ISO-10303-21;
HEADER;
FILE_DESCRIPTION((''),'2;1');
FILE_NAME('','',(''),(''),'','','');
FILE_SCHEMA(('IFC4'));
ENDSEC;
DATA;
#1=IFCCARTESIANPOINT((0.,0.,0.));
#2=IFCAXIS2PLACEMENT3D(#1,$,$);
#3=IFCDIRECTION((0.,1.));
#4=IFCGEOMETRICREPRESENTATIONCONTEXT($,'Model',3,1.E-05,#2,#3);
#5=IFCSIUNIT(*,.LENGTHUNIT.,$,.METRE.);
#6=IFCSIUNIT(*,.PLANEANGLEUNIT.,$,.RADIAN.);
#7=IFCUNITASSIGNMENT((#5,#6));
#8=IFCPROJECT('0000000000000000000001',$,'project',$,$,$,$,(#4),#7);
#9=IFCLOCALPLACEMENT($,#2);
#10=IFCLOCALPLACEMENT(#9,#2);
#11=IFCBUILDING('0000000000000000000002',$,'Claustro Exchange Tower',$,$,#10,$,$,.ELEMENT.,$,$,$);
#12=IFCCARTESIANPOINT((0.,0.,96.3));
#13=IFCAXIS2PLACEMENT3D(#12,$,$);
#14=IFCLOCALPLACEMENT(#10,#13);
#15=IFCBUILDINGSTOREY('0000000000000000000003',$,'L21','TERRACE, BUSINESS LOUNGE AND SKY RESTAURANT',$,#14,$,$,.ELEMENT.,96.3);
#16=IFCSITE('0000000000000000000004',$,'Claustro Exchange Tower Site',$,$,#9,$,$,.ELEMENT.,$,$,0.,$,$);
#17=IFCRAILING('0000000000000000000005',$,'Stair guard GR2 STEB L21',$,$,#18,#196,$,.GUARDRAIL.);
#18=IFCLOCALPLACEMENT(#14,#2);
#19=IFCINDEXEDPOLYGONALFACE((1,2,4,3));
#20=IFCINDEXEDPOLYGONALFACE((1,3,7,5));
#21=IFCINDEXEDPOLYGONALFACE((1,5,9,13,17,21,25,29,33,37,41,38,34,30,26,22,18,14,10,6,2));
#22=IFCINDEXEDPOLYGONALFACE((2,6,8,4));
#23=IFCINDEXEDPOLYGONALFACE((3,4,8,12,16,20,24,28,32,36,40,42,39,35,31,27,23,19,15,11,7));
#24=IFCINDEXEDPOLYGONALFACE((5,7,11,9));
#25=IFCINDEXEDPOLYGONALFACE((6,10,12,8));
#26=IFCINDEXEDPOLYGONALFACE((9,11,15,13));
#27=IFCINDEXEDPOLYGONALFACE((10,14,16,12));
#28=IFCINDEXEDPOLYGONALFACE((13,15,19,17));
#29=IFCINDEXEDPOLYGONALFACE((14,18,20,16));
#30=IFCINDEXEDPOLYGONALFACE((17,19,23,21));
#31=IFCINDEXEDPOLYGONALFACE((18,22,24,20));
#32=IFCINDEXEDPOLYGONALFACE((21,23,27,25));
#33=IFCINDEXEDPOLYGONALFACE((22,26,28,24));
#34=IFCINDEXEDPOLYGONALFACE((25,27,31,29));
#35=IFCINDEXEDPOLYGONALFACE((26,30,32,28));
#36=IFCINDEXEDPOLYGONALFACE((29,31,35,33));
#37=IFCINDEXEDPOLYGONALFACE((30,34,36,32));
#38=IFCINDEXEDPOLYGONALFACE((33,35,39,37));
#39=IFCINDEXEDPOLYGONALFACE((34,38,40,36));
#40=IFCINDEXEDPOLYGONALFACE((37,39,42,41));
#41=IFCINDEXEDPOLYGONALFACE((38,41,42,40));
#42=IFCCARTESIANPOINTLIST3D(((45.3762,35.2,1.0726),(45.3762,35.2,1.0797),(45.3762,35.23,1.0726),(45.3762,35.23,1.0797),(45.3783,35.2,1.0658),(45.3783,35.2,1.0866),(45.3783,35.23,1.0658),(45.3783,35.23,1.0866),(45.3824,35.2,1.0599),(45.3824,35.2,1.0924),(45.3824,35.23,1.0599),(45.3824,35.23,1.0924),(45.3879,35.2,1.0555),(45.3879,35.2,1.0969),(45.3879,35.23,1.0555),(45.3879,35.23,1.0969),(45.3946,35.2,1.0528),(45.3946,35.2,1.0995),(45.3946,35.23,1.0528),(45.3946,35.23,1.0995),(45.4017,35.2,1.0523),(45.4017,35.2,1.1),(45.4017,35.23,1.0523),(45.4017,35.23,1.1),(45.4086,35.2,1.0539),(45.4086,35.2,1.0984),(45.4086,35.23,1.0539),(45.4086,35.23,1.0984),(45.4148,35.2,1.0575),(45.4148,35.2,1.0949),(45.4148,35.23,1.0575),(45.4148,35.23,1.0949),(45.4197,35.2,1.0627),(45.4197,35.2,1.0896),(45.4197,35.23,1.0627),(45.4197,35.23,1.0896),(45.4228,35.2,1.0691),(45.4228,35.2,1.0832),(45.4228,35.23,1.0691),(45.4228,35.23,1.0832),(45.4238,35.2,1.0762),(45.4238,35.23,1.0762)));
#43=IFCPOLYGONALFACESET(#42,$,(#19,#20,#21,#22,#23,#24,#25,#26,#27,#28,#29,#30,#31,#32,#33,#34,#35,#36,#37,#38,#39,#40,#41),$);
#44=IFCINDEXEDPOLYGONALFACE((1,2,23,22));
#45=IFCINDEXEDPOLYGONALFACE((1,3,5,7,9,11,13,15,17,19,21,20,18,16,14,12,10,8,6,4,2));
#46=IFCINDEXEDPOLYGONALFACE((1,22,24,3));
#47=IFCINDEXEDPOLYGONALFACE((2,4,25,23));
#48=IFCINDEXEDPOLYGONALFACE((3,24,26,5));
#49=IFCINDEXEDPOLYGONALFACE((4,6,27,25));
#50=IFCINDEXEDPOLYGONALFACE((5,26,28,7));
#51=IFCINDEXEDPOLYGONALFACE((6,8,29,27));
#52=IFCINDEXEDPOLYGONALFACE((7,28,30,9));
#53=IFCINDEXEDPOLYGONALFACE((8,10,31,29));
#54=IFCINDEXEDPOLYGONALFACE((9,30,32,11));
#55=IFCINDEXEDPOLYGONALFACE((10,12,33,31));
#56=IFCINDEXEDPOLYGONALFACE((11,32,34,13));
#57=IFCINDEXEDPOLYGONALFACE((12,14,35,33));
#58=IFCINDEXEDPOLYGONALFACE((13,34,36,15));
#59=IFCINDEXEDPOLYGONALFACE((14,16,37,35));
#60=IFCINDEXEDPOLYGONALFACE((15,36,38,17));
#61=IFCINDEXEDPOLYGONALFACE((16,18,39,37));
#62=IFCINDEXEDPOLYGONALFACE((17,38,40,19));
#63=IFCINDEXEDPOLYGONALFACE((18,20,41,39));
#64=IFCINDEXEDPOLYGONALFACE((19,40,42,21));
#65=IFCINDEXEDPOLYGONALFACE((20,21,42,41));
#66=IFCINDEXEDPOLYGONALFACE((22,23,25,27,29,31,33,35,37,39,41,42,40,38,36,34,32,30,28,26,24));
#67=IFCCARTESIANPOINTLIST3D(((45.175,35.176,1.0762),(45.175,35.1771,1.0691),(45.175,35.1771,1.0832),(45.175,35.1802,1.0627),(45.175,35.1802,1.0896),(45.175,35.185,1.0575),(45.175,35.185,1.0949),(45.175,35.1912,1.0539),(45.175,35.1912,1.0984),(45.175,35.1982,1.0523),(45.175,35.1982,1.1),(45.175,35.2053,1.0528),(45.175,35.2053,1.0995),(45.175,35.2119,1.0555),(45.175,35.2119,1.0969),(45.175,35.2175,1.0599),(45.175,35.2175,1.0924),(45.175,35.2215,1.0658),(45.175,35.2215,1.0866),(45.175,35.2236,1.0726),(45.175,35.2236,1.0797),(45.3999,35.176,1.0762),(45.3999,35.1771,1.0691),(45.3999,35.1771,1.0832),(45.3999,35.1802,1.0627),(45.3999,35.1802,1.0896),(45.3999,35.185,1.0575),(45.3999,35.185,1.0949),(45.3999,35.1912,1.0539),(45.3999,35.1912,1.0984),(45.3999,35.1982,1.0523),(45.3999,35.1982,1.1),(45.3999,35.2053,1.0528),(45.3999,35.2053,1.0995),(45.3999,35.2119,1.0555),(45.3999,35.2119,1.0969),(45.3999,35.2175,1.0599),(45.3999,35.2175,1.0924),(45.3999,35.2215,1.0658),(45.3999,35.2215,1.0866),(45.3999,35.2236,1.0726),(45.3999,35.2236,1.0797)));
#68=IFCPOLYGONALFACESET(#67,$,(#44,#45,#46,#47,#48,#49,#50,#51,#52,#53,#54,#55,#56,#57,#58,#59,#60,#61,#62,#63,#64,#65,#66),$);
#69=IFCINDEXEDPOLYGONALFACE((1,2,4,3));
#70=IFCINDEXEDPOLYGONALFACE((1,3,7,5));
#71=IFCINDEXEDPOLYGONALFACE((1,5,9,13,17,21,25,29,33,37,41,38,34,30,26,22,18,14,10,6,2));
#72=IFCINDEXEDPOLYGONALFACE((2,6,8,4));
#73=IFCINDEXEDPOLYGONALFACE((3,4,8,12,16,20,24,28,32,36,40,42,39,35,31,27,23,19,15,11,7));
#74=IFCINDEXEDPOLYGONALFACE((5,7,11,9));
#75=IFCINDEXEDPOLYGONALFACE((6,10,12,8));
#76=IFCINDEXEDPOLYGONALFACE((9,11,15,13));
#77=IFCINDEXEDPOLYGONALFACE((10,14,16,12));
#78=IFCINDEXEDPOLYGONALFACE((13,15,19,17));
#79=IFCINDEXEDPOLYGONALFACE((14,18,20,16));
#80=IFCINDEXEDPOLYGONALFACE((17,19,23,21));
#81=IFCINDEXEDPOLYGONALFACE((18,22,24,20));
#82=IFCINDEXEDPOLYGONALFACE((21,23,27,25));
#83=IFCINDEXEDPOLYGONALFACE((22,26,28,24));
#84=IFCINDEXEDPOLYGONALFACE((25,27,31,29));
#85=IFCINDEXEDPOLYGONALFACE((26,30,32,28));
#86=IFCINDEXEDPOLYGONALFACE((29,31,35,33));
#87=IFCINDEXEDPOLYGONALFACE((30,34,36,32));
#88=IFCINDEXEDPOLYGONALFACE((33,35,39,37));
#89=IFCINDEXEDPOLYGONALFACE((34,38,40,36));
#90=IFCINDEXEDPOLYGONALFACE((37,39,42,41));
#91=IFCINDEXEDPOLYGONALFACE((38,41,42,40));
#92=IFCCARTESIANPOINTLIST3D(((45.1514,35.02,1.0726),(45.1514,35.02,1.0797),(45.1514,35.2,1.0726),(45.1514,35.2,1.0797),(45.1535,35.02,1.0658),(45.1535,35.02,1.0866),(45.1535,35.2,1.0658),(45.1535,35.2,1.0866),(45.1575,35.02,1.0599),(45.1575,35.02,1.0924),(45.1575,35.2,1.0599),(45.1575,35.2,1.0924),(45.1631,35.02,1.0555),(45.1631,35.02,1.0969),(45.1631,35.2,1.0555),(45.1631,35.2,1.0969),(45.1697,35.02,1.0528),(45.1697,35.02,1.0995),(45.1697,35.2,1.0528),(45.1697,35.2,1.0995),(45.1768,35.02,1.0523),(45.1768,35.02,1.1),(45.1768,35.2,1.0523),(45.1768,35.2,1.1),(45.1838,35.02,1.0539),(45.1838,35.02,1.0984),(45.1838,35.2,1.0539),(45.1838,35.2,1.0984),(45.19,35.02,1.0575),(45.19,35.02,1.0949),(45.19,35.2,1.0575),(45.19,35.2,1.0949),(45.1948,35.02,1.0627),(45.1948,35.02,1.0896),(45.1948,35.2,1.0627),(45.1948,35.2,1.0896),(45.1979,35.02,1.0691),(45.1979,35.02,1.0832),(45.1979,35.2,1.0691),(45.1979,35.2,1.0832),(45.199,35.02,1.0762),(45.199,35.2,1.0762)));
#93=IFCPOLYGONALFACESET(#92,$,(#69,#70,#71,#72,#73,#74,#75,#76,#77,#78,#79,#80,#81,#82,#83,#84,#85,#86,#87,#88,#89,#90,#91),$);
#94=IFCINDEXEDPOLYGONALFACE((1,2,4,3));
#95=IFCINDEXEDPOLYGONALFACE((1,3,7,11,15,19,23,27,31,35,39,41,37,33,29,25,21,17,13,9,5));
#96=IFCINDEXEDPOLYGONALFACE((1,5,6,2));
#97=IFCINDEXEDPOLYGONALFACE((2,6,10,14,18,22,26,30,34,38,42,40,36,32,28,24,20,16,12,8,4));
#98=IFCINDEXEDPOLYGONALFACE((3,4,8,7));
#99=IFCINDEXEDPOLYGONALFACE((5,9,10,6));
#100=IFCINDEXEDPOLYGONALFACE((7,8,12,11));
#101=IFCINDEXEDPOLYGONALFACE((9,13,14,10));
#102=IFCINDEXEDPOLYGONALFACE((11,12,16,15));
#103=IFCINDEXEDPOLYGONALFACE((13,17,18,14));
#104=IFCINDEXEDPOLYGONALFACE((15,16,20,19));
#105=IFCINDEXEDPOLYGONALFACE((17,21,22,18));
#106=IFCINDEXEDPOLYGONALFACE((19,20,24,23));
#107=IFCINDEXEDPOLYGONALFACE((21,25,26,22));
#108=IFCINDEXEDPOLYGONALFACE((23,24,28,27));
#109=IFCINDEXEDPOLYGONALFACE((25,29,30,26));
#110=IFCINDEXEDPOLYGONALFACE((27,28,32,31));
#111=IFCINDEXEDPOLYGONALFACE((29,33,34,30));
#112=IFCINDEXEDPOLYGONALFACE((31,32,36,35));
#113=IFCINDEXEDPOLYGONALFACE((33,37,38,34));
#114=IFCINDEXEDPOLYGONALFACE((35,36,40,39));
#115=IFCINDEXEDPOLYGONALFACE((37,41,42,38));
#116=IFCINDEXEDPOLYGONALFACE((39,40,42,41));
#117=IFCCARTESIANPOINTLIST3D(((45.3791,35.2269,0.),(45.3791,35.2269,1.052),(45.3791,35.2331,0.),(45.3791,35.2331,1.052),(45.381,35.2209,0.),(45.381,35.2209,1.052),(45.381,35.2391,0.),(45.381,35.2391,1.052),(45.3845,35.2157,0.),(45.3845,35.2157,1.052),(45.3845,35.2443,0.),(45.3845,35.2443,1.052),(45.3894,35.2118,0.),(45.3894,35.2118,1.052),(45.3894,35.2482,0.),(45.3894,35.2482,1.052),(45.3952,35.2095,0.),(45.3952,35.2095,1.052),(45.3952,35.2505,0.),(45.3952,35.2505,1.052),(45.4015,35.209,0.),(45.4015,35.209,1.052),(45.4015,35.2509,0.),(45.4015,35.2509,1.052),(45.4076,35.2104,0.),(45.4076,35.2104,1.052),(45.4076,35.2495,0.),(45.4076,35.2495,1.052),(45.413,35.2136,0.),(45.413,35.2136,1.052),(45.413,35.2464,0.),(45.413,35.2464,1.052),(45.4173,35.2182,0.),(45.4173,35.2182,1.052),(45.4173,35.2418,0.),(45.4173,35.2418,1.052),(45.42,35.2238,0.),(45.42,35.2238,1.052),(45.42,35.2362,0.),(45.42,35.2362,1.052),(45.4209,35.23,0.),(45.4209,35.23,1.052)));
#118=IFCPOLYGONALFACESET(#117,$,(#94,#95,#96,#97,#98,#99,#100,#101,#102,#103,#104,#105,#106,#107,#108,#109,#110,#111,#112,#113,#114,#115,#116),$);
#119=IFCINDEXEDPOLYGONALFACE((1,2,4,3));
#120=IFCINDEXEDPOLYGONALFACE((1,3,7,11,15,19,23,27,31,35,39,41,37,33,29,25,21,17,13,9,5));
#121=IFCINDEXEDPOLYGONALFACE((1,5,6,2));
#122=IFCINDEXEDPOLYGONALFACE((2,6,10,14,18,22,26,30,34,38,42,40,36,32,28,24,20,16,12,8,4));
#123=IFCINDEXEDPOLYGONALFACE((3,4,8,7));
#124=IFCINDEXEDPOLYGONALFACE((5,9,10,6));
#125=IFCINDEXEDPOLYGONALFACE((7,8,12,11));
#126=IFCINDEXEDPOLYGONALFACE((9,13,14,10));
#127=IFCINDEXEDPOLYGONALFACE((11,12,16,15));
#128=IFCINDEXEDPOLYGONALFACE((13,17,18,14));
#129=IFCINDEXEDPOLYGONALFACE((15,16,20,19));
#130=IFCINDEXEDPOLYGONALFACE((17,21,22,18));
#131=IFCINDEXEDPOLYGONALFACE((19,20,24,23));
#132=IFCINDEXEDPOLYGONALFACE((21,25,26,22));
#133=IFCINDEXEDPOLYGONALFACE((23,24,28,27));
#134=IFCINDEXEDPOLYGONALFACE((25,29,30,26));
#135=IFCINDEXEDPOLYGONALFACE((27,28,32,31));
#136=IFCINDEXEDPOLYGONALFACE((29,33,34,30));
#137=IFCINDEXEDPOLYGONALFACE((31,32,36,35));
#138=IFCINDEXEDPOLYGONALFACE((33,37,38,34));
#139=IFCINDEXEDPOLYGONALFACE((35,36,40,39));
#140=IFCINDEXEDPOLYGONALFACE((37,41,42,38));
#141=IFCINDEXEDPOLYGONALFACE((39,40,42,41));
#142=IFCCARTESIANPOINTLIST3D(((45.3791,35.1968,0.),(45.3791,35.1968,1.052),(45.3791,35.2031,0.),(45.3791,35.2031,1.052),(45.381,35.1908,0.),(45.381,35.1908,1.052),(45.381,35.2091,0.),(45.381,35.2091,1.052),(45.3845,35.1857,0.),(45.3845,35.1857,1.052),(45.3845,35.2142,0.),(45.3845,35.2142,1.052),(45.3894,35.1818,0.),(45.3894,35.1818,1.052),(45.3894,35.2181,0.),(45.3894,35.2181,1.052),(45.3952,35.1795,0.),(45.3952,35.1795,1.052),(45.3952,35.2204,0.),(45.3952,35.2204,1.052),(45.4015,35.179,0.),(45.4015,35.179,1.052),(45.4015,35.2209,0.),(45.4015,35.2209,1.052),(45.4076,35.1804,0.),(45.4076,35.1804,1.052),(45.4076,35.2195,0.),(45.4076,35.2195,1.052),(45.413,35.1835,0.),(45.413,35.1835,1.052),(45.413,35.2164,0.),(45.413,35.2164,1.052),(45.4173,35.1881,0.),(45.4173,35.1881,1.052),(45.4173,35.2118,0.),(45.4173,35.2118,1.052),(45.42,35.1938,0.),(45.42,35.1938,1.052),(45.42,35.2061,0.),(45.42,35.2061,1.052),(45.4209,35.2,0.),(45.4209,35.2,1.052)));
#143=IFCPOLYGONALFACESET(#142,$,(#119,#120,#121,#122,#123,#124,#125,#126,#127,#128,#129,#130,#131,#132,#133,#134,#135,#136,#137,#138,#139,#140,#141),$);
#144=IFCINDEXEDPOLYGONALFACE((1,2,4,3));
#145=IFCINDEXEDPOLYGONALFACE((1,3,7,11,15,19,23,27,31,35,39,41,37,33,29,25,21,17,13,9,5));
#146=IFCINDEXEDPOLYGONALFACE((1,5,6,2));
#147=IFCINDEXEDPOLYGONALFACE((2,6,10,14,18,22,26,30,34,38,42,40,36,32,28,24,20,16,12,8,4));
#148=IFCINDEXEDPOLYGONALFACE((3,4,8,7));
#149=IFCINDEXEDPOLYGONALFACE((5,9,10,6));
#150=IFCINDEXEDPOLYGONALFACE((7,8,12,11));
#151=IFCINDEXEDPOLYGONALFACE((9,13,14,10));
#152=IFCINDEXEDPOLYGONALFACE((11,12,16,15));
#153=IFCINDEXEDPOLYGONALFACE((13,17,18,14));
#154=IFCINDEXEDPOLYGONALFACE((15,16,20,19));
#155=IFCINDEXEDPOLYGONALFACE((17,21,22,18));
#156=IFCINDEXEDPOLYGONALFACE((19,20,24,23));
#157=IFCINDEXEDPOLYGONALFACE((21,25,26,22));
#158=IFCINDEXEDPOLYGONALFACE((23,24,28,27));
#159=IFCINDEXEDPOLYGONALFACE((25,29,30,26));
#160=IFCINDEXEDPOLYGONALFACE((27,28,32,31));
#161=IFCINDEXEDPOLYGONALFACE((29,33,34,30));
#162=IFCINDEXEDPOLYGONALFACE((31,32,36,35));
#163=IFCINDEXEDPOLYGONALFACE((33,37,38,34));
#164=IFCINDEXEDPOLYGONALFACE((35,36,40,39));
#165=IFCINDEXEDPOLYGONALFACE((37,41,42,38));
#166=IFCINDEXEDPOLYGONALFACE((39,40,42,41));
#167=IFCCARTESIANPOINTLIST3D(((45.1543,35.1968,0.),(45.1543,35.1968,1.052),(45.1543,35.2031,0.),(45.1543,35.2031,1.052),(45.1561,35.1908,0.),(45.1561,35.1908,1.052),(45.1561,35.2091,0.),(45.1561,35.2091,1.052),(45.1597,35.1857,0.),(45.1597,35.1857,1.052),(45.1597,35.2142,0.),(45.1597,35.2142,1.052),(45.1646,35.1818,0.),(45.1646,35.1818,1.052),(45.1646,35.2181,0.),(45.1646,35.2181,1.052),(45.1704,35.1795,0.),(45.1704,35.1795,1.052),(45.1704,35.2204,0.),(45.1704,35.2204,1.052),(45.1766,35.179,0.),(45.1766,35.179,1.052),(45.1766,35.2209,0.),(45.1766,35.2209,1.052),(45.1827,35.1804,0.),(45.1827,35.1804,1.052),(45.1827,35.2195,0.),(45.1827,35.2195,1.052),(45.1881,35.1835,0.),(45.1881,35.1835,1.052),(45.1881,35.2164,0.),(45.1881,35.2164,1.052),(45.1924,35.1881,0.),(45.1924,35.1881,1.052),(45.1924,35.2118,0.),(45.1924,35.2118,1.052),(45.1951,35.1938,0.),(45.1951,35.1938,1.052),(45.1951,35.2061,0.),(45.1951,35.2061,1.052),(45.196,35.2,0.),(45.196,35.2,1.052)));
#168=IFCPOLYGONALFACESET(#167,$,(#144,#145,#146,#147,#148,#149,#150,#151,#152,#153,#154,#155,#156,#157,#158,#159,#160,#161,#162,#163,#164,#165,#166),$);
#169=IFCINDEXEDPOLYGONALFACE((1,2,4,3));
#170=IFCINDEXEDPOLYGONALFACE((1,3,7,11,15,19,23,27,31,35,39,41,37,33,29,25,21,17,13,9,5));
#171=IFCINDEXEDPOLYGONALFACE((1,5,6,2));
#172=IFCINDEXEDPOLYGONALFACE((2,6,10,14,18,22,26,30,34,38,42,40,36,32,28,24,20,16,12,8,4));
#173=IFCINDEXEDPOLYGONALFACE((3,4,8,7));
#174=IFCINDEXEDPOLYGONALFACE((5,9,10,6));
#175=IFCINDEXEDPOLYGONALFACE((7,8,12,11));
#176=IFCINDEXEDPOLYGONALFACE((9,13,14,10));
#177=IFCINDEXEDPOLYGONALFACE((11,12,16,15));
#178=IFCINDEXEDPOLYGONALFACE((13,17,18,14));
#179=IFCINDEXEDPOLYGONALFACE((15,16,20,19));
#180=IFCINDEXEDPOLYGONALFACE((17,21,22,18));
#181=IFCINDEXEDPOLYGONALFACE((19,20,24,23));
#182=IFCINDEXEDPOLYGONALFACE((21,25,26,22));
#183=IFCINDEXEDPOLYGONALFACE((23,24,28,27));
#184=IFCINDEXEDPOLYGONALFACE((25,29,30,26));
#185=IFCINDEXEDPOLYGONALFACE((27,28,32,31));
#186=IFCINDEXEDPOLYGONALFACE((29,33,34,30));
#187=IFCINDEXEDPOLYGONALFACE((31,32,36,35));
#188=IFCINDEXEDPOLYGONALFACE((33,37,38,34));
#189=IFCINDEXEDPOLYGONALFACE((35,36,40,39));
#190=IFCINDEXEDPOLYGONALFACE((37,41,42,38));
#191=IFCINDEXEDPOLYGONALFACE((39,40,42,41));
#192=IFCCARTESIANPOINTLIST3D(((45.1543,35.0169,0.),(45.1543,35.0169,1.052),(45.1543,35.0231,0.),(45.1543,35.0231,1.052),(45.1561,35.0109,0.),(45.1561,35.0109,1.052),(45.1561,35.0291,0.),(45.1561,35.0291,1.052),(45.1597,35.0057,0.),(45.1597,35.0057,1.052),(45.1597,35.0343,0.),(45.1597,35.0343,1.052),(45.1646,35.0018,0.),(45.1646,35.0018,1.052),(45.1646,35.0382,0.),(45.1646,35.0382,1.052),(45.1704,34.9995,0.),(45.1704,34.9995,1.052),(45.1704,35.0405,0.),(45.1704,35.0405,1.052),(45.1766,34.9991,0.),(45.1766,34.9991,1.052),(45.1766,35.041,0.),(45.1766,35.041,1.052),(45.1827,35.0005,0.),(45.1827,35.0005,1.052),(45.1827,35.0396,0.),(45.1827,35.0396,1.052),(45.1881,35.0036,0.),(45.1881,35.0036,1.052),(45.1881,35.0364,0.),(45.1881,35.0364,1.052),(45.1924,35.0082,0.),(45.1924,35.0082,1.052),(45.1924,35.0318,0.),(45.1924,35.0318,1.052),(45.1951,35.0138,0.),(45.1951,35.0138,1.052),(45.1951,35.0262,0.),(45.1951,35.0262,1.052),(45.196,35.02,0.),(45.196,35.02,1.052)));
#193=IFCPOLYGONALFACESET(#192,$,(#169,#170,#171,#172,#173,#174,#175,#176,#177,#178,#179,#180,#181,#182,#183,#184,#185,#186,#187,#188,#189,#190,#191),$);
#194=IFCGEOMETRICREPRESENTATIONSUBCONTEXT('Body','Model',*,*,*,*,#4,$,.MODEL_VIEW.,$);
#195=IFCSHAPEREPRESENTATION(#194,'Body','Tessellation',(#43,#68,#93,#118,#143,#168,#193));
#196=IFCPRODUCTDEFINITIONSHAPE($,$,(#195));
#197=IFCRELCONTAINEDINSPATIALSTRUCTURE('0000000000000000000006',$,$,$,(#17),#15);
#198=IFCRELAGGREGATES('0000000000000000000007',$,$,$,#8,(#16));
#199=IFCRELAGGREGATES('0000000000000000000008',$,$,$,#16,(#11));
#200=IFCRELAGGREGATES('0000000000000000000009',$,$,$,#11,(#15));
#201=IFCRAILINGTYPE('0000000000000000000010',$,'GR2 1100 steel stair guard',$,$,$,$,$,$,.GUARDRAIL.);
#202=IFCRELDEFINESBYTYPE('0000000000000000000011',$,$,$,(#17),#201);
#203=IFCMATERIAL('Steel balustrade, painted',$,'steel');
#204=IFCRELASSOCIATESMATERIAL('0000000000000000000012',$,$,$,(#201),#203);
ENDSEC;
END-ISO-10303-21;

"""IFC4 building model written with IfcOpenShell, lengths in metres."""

from ifc_helpers import new_model, si_unit, direction, frame, origin, origin_2d, place, context, subcontext, project, spatial, circle, extrude, material, type_object, element, save


model = new_model("IFC4")

# Units and contexts
model_context = context("Model", 3, precision=1e-05, world=origin(), true_north=direction((0.0, 1.0)))
body_context = subcontext(model_context, "Body", "Model", "MODEL_VIEW")
ifc_project = project(units=[si_unit("LENGTHUNIT", "METRE"), si_unit("PLANEANGLEUNIT", "RADIAN")], contexts=[model_context])

# Site, building, storey
site_placement = place(None, origin())
site = spatial("IfcSite", under=ifc_project, at=site_placement, Name="Claustro Exchange Tower Site", CompositionType="ELEMENT", RefElevation=0.0)
building_placement = place(site_placement, origin())
building = spatial("IfcBuilding", under=site, at=building_placement, Name="Claustro Exchange Tower", CompositionType="ELEMENT")
storey_placement = place(building_placement, frame((0.0, 0.0, 96.3)))
storey = spatial("IfcBuildingStorey", under=building, at=storey_placement, Name="L21", Description="TERRACE, BUSINESS LOUNGE AND SKY RESTAURANT", CompositionType="ELEMENT", Elevation=96.3)

# Railing
ifc_material_1 = material(Name="Steel balustrade, painted", Category="steel")
railing_type_1 = type_object("IfcRailingType", Name="GR2 1100 steel stair guard", PredefinedType="GUARDRAIL", material=ifc_material_1)
railing_1_placement = place(storey_placement, frame((45.3999, 35.23, 0.0)))
element("IfcRailing", 1, at=railing_1_placement, inside=storey, type_object=railing_type_1, Name="Stair guard GR2 STEB L21", PredefinedType="GUARDRAIL", context=body_context, shape_type="SweptSolid", body=[
    extrude(circle(Radius=0.0239, at=origin_2d()), frame((0.0, 0.0, 1.0762), z_axis=(0.0, -1.0, 0.0), x_axis=(1.0, 0.0, 0.0)), (0.0, 0.0, 1.0), 0.03),
    extrude(circle(Radius=0.0239, at=origin_2d()), frame((0.0, -0.03, 1.0762), z_axis=(-1.0, 0.0, 0.0), x_axis=(0.0, -1.0, 0.0)), (0.0, 0.0, 1.0), 0.2249),
    extrude(circle(Radius=0.0239, at=origin_2d()), frame((-0.2249, -0.03, 1.0762), z_axis=(0.0, -1.0, 0.0), x_axis=(1.0, 0.0, 0.0)), (0.0, 0.0, 1.0), 0.1799),
    extrude(circle(Radius=0.021, at=origin_2d()), origin(), (0.0, 0.0, 1.0), 1.052),
    extrude(circle(Radius=0.021, at=origin_2d()), frame((0.0, -0.03, 0.0)), (0.0, 0.0, 1.0), 1.052),
    extrude(circle(Radius=0.021, at=origin_2d()), frame((-0.2249, -0.03, 0.0)), (0.0, 0.0, 1.0), 1.052),
    extrude(circle(Radius=0.021, at=origin_2d()), frame((-0.2249, -0.21, 0.0)), (0.0, 0.0, 1.0), 1.052),
])

save(model, "model.ifc")
